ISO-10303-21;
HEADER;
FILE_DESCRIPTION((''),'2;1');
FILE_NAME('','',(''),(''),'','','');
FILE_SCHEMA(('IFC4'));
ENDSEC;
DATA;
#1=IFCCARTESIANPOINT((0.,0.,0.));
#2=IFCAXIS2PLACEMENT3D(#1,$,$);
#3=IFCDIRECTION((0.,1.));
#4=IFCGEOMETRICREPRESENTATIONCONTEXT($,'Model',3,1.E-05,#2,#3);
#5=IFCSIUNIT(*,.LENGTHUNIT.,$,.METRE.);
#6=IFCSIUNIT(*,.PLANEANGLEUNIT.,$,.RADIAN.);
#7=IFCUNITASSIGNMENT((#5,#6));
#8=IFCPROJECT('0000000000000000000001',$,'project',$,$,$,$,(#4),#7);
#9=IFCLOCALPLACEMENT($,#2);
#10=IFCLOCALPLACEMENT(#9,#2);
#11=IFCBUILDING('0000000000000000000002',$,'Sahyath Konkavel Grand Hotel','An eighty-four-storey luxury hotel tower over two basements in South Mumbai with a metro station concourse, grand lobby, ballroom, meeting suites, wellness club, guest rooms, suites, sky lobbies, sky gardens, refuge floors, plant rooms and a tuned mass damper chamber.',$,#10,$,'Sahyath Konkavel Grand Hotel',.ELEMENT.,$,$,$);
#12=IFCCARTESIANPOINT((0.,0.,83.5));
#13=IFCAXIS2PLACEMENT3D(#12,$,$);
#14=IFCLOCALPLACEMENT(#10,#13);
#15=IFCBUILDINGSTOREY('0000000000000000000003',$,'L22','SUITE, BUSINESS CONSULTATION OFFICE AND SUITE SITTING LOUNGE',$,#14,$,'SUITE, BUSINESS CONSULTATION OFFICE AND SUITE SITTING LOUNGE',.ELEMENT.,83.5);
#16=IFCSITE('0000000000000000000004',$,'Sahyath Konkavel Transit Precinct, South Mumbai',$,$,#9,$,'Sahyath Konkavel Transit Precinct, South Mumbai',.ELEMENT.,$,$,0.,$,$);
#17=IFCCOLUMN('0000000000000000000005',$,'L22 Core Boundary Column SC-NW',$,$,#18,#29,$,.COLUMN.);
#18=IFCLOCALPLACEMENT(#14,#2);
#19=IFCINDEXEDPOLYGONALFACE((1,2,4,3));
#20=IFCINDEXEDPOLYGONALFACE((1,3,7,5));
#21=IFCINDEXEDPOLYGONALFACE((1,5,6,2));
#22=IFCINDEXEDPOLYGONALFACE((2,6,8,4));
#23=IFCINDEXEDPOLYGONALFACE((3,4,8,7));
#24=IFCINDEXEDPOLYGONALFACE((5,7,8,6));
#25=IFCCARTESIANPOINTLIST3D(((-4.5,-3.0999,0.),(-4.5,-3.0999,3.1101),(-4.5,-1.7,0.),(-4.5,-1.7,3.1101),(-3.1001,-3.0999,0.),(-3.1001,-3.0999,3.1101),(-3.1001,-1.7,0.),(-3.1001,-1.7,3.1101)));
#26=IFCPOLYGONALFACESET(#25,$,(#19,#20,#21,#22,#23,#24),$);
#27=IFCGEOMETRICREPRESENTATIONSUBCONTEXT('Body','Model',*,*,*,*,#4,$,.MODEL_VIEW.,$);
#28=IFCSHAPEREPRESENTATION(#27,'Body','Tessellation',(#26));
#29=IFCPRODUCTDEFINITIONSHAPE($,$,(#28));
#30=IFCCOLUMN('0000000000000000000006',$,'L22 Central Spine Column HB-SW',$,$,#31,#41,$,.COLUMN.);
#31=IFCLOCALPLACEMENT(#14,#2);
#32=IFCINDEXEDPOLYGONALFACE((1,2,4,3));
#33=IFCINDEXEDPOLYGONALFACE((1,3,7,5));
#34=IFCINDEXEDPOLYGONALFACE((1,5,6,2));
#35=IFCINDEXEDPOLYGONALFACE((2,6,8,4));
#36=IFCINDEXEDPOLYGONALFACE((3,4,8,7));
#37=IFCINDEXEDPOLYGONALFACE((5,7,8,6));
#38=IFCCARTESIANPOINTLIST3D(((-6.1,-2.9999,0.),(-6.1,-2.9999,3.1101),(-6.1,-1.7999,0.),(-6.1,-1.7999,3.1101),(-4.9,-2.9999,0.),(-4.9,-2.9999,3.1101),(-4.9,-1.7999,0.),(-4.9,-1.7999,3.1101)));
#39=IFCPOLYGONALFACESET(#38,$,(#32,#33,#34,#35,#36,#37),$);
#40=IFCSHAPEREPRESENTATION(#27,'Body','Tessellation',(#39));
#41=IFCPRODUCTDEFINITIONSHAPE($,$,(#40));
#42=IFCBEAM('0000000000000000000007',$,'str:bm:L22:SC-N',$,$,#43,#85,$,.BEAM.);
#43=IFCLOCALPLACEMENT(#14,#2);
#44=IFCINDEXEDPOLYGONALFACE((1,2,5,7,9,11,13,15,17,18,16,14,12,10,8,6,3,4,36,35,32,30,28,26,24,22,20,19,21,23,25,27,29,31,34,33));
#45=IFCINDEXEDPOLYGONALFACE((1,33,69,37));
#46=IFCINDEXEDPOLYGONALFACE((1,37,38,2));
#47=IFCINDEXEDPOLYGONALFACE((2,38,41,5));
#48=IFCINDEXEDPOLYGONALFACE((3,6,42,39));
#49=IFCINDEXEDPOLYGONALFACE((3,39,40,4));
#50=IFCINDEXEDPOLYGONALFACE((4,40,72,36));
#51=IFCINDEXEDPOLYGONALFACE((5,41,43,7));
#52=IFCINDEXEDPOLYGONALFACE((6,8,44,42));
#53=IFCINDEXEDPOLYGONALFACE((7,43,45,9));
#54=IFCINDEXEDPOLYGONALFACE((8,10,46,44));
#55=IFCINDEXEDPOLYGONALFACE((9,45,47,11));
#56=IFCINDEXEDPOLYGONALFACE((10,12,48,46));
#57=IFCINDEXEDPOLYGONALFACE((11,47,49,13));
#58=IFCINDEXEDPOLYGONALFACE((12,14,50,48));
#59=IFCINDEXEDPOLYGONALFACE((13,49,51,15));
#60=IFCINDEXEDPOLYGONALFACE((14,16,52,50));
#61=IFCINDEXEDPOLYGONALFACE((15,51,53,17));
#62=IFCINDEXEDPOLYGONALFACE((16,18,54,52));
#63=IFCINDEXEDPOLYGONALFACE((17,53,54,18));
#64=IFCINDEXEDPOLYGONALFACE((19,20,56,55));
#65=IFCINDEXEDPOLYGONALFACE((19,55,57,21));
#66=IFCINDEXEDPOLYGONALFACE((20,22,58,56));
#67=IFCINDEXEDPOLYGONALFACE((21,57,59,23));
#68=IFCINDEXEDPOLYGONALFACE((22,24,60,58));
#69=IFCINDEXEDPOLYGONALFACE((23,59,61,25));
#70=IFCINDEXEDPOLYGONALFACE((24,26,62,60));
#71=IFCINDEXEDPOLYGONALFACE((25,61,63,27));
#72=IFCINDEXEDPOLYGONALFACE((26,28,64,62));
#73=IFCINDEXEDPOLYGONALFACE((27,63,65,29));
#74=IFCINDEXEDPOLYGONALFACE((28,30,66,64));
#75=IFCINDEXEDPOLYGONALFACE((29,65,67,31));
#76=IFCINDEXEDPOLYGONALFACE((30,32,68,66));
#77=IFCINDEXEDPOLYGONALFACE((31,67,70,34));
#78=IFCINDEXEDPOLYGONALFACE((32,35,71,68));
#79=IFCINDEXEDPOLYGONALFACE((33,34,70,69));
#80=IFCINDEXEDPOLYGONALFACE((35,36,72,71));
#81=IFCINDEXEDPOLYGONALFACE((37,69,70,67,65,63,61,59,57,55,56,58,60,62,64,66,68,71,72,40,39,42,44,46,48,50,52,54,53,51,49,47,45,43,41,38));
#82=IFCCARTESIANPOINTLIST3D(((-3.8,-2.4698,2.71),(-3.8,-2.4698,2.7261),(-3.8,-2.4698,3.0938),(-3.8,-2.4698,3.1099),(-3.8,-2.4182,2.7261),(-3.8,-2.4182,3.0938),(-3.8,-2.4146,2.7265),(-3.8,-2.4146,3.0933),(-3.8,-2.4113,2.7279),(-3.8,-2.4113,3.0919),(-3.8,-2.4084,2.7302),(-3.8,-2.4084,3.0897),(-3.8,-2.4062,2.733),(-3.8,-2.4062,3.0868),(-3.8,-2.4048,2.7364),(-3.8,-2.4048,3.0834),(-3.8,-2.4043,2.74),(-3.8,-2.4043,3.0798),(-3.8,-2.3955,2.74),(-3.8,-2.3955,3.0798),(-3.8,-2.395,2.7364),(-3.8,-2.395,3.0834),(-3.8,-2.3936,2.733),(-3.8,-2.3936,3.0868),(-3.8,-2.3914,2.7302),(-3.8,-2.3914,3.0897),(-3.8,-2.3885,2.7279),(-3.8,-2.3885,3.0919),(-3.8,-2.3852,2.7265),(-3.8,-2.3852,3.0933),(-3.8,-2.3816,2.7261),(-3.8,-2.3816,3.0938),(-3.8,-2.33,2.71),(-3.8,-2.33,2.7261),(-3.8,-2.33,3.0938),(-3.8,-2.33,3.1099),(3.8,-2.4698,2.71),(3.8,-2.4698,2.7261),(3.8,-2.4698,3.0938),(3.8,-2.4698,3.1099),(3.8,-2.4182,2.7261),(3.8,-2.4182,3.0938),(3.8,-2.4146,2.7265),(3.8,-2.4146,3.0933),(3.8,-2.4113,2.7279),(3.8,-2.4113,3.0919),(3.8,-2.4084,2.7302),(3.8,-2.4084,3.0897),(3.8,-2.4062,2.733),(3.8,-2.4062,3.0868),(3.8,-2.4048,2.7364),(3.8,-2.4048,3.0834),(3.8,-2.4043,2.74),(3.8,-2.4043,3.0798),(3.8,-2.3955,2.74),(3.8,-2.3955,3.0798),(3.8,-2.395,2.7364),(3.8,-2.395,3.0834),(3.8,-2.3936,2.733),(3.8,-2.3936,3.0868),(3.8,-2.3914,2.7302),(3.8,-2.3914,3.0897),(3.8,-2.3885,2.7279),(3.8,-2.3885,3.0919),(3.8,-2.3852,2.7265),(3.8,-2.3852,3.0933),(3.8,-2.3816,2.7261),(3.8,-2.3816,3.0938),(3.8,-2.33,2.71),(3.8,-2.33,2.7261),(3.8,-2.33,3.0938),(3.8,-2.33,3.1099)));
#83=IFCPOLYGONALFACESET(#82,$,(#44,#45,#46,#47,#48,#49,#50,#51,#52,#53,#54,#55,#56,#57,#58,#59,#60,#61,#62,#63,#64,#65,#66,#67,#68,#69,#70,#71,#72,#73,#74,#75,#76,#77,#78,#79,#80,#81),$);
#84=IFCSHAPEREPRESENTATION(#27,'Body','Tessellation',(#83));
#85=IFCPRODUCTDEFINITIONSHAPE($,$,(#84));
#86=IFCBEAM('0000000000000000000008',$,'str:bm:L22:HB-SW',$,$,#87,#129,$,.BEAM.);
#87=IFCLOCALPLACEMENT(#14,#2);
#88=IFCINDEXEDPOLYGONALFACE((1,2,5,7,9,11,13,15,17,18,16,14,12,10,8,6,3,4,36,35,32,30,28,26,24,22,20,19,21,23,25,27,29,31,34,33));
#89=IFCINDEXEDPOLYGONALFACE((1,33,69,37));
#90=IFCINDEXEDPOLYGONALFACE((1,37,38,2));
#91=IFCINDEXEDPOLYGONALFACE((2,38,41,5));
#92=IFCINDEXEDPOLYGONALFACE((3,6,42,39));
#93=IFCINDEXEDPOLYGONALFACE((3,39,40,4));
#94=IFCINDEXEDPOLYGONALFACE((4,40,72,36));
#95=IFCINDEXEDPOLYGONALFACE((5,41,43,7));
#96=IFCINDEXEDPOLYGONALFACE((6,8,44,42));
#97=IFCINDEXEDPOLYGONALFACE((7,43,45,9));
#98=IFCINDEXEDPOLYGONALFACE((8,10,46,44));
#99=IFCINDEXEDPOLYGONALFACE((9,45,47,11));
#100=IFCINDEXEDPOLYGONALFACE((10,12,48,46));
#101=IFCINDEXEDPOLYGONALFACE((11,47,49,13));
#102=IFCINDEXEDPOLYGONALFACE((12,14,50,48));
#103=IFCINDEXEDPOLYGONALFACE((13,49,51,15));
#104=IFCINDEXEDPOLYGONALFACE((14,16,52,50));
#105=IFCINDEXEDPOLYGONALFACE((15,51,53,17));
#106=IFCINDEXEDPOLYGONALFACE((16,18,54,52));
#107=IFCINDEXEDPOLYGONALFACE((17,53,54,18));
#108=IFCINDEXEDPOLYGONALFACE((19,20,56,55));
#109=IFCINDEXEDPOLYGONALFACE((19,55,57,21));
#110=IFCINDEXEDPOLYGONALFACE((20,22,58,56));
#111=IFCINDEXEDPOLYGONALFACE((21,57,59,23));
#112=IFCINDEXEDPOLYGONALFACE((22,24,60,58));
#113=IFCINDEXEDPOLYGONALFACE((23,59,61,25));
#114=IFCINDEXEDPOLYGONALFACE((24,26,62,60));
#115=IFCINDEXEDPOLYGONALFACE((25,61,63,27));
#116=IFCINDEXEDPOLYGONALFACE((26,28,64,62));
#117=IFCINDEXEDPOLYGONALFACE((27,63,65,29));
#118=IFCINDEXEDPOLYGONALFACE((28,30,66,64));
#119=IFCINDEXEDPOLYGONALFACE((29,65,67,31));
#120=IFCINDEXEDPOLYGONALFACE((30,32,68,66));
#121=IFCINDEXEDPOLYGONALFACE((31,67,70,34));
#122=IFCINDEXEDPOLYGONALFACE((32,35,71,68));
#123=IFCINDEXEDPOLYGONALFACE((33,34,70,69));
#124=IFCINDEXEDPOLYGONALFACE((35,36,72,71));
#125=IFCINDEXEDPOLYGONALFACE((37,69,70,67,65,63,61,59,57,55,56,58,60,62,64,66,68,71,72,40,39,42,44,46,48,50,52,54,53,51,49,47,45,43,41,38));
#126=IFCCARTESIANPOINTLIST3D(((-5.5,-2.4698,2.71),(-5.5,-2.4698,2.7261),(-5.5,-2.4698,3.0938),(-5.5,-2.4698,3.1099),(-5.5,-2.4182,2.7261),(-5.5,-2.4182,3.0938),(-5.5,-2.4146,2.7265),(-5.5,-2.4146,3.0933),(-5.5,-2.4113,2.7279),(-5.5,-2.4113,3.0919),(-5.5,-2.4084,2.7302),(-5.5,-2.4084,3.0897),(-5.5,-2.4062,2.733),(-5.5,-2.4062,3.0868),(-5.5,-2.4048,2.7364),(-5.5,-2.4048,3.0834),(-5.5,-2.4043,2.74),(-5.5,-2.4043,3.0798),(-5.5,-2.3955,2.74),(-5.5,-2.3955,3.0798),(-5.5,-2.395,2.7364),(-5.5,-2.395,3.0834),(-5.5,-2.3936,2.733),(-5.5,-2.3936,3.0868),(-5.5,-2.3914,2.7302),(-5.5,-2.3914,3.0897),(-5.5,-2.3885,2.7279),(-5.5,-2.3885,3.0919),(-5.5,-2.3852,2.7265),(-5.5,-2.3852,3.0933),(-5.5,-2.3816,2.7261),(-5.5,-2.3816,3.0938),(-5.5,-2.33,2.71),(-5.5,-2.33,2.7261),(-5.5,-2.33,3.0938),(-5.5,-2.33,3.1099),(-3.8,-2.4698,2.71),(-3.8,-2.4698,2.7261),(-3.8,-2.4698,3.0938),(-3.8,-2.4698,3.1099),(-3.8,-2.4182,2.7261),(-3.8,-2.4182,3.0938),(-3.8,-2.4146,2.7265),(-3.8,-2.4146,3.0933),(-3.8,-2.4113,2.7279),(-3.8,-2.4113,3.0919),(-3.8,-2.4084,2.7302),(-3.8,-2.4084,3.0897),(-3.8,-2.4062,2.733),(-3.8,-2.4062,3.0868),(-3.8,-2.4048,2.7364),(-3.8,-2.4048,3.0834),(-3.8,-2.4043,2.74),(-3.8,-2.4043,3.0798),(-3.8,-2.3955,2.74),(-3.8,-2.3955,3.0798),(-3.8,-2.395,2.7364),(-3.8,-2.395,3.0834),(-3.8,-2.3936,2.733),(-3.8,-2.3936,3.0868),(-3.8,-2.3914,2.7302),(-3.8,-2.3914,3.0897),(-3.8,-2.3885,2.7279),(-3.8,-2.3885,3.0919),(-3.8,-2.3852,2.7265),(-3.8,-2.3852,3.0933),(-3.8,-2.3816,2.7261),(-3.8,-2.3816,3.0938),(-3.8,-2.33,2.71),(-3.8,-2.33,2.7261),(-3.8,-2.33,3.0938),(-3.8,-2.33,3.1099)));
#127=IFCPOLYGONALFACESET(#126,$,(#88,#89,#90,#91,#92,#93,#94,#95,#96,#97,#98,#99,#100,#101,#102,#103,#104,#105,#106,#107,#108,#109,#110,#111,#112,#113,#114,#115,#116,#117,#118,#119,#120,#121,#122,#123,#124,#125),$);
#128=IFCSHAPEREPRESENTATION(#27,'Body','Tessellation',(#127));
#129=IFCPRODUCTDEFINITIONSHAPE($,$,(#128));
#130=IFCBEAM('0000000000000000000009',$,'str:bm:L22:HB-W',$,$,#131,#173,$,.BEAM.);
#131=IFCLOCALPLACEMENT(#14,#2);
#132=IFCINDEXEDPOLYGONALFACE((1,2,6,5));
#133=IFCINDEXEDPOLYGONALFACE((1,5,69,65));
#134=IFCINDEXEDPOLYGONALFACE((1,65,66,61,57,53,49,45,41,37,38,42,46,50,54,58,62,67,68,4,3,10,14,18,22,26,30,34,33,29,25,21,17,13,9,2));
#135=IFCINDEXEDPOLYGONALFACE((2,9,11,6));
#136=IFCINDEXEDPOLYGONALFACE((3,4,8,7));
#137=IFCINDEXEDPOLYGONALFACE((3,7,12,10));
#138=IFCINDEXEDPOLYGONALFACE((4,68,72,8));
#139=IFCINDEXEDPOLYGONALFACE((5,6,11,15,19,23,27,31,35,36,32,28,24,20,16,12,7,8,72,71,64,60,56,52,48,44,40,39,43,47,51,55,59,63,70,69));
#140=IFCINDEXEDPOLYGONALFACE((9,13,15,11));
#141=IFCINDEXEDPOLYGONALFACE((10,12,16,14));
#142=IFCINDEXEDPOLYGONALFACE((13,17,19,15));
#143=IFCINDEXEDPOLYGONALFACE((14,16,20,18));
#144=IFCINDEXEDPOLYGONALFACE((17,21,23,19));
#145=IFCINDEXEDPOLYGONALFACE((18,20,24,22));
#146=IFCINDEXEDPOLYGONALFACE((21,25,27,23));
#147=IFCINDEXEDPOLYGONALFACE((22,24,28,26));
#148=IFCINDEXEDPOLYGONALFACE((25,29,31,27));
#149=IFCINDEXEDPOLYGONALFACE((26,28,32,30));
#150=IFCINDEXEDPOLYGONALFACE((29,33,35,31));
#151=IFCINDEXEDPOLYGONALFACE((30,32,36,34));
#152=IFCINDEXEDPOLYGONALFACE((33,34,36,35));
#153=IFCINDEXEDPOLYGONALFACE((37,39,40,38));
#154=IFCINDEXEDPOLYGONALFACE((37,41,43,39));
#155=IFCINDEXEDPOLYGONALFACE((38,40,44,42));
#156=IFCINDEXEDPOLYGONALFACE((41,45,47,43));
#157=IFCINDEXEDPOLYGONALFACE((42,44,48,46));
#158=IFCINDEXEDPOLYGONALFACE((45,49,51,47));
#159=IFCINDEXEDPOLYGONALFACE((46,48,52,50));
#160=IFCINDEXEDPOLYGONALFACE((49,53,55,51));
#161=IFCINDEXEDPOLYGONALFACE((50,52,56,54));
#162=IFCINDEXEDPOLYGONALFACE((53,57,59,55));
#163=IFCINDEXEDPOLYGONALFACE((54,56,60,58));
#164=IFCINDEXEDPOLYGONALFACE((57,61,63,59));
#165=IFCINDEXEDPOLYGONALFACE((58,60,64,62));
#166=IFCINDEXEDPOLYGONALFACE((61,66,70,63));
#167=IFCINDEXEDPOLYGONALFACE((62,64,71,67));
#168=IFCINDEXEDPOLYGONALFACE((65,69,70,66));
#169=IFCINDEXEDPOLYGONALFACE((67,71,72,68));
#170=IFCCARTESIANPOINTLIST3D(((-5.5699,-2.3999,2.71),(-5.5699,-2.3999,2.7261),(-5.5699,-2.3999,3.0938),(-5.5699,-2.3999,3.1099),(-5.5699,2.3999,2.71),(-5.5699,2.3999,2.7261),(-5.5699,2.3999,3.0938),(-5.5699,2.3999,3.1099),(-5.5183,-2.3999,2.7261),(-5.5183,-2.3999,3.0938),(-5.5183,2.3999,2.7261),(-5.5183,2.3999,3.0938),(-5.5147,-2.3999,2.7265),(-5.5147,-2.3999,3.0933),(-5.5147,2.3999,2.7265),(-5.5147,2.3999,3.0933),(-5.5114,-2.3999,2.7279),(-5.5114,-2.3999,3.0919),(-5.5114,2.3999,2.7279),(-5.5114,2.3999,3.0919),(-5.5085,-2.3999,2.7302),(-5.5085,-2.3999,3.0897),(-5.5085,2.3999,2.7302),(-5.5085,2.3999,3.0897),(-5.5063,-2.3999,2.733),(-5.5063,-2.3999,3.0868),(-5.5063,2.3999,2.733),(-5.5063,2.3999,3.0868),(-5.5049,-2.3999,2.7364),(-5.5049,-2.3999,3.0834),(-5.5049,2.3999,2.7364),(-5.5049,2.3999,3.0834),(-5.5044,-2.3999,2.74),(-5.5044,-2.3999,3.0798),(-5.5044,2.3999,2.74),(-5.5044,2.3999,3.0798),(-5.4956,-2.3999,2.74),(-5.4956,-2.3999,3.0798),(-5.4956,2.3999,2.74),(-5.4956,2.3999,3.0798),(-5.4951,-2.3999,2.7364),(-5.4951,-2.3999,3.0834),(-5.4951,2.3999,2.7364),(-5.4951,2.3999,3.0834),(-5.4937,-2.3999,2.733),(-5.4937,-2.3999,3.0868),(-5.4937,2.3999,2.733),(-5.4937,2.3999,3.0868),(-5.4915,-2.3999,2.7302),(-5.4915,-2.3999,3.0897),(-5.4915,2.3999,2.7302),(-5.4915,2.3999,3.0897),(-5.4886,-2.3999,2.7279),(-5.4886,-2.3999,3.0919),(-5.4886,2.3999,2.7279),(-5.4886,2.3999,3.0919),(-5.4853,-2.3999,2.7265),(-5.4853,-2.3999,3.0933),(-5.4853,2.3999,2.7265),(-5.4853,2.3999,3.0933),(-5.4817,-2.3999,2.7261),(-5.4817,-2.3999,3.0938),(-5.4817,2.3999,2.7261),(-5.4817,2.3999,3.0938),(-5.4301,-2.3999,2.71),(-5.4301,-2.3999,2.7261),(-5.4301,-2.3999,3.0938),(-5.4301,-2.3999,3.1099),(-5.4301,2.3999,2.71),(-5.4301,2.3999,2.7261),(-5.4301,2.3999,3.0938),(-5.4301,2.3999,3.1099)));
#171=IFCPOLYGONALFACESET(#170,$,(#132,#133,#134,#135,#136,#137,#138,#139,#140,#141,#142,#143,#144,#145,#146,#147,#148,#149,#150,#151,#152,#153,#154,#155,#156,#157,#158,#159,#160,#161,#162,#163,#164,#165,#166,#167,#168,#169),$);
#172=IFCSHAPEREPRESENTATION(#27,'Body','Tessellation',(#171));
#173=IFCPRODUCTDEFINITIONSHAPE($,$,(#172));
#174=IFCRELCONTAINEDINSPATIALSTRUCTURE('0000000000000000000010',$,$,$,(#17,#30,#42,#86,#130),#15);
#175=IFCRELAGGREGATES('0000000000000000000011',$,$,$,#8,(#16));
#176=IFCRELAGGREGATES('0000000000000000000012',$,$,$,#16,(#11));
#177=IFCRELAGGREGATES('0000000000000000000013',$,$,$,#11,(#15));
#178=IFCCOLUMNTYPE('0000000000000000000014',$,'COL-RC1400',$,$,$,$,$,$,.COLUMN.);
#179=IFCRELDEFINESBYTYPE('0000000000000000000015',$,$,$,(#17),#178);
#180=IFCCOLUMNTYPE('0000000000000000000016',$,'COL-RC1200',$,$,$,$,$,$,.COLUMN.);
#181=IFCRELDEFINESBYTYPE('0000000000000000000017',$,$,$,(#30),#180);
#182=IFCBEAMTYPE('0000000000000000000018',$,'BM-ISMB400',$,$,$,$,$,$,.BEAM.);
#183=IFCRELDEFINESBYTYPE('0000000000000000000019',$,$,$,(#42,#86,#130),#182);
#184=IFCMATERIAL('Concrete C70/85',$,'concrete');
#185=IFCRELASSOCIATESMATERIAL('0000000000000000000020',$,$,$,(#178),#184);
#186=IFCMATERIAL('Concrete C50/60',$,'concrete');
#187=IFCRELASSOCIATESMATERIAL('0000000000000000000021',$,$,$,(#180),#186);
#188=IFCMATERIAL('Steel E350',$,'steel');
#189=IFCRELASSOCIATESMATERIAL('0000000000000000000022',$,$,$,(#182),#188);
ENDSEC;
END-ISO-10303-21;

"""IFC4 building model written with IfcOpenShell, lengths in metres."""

from ifc_helpers import new_model, si_unit, direction, frame, origin, origin_2d, place, context, subcontext, project, spatial, rectangle, i_section, extrude, source, transform, mapped, material, material_profile, profile_set, type_object, element, save


model = new_model("IFC4")

# Units and contexts
model_context = context("Model", 3, precision=1e-05, world=origin(), true_north=direction((0.0, 1.0)))
body_context = subcontext(model_context, "Body", "Model", "MODEL_VIEW")
ifc_project = project(units=[si_unit("LENGTHUNIT", "METRE"), si_unit("PLANEANGLEUNIT", "RADIAN")], contexts=[model_context])

# Site, building, storey
site_placement = place(None, origin())
site = spatial("IfcSite", under=ifc_project, at=site_placement, Name="Sahyath Konkavel Transit Precinct, South Mumbai", LongName="Sahyath Konkavel Transit Precinct, South Mumbai", CompositionType="ELEMENT", RefElevation=0.0)
building_placement = place(site_placement, origin())
building = spatial("IfcBuilding", under=site, at=building_placement, Name="Sahyath Konkavel Grand Hotel", Description="An eighty-four-storey luxury hotel tower over two basements in South Mumbai with a metro station concourse, grand lobby, ballroom, meeting suites, wellness club, guest rooms, suites, sky lobbies, sky gardens, refuge floors, plant rooms and a tuned mass damper chamber.", LongName="Sahyath Konkavel Grand Hotel", CompositionType="ELEMENT")
storey_placement = place(building_placement, frame((0.0, 0.0, 83.5)))
storey = spatial("IfcBuildingStorey", under=building, at=storey_placement, Name="L22", Description="SUITE, BUSINESS CONSULTATION OFFICE AND SUITE SITTING LOUNGE", LongName="SUITE, BUSINESS CONSULTATION OFFICE AND SUITE SITTING LOUNGE", CompositionType="ELEMENT", Elevation=83.5)

# Columns
ifc_material_1 = material(Name="Concrete C70/85", Category="concrete")
ifc_material_profile_1 = material_profile(ifc_material_1, rectangle(XDim=1.3999, YDim=1.3999, at=origin_2d()), Name="RC 1400x1400")
ifc_profile_set_1 = profile_set([ifc_material_profile_1], Name="Concrete C70/85")
column_type_1 = type_object("IfcColumnType", Name="COL-RC1400", PredefinedType="COLUMN", material=ifc_profile_set_1)
shared_shape_1 = source(origin(), body_context, "Body", "SweptSolid", [
    extrude(rectangle(XDim=1.3999, YDim=1.3999, at=origin_2d()), origin(), (0.0, 0.0, 1.0), 3.1101),
])
column_1_placement = place(storey_placement, frame((-3.8, -2.3999, 0.0), z_axis=(0.0, 0.0, 1.0), x_axis=(1.0, 0.0, 0.0)))
element("IfcColumn", 1, at=column_1_placement, inside=storey, type_object=column_type_1, Name="L22 Core Boundary Column SC-NW", PredefinedType="COLUMN", context=body_context, shape_type="MappedRepresentation", body=[
    mapped(shared_shape_1, transform((0.0, 0.0, 0.0), scale=1.0)),
])
ifc_material_2 = material(Name="Concrete C50/60", Category="concrete")
ifc_material_profile_2 = material_profile(ifc_material_2, rectangle(XDim=1.2, YDim=1.2, at=origin_2d()), Name="RC 1200x1200")
ifc_profile_set_2 = profile_set([ifc_material_profile_2], Name="Concrete C50/60")
column_type_2 = type_object("IfcColumnType", Name="COL-RC1200", PredefinedType="COLUMN", material=ifc_profile_set_2)
shared_shape_2 = source(origin(), body_context, "Body", "SweptSolid", [
    extrude(rectangle(XDim=1.2, YDim=1.2, at=origin_2d()), origin(), (0.0, 0.0, 1.0), 3.1101),
])
column_2_placement = place(storey_placement, frame((-5.5, -2.3999, 0.0), z_axis=(0.0, 0.0, 1.0), x_axis=(1.0, 0.0, 0.0)))
element("IfcColumn", 2, at=column_2_placement, inside=storey, type_object=column_type_2, Name="L22 Central Spine Column HB-SW", PredefinedType="COLUMN", context=body_context, shape_type="MappedRepresentation", body=[
    mapped(shared_shape_2, transform((0.0, 0.0, 0.0), scale=1.0)),
])

# Beams
ifc_material_3 = material(Name="Steel E350", Category="steel")
ifc_material_profile_3 = material_profile(ifc_material_3, i_section(OverallWidth=0.1399, OverallDepth=0.3999, WebThickness=0.0088, FlangeThickness=0.0161, FilletRadius=0.0139, at=origin_2d()), Name="ISMB 400")
ifc_profile_set_3 = profile_set([ifc_material_profile_3], Name="Steel E350")
beam_type_1 = type_object("IfcBeamType", Name="BM-ISMB400", PredefinedType="BEAM", material=ifc_profile_set_3)
shared_shape_3 = source(origin(), body_context, "Body", "SweptSolid", [
    extrude(i_section(OverallWidth=0.1399, OverallDepth=0.3999, WebThickness=0.0088, FlangeThickness=0.0161, FilletRadius=0.0139, at=origin_2d()), origin(), (0.0, 0.0, 1.0), 7.6001),
])
beam_1_placement = place(storey_placement, frame((-3.8, -2.3999, 2.9099), z_axis=(1.0, 0.0, 0.0), x_axis=(0.0, 1.0, 0.0)))
element("IfcBeam", 3, at=beam_1_placement, inside=storey, type_object=beam_type_1, Name="str:bm:L22:SC-N", PredefinedType="BEAM", context=body_context, shape_type="MappedRepresentation", body=[
    mapped(shared_shape_3, transform((0.0, 0.0, 0.0), scale=1.0)),
])
shared_shape_4 = source(origin(), body_context, "Body", "SweptSolid", [
    extrude(i_section(OverallWidth=0.1399, OverallDepth=0.3999, WebThickness=0.0088, FlangeThickness=0.0161, FilletRadius=0.0139, at=origin_2d()), origin(), (0.0, 0.0, 1.0), 1.7),
])
beam_2_placement = place(storey_placement, frame((-5.5, -2.3999, 2.9099), z_axis=(1.0, 0.0, 0.0), x_axis=(0.0, 1.0, 0.0)))
element("IfcBeam", 4, at=beam_2_placement, inside=storey, type_object=beam_type_1, Name="str:bm:L22:HB-SW", PredefinedType="BEAM", context=body_context, shape_type="MappedRepresentation", body=[
    mapped(shared_shape_4, transform((0.0, 0.0, 0.0), scale=1.0)),
])
shared_shape_5 = source(origin(), body_context, "Body", "SweptSolid", [
    extrude(i_section(OverallWidth=0.1399, OverallDepth=0.3999, WebThickness=0.0088, FlangeThickness=0.0161, FilletRadius=0.0139, at=origin_2d()), origin(), (0.0, 0.0, 1.0), 4.7998),
])
beam_3_placement = place(storey_placement, frame((-5.5, -2.3999, 2.9099), z_axis=(0.0, 1.0, 0.0), x_axis=(-1.0, 0.0, 0.0)))
element("IfcBeam", 5, at=beam_3_placement, inside=storey, type_object=beam_type_1, Name="str:bm:L22:HB-W", PredefinedType="BEAM", context=body_context, shape_type="MappedRepresentation", body=[
    mapped(shared_shape_5, transform((0.0, 0.0, 0.0), scale=1.0)),
])

save(model, "model.ifc")
